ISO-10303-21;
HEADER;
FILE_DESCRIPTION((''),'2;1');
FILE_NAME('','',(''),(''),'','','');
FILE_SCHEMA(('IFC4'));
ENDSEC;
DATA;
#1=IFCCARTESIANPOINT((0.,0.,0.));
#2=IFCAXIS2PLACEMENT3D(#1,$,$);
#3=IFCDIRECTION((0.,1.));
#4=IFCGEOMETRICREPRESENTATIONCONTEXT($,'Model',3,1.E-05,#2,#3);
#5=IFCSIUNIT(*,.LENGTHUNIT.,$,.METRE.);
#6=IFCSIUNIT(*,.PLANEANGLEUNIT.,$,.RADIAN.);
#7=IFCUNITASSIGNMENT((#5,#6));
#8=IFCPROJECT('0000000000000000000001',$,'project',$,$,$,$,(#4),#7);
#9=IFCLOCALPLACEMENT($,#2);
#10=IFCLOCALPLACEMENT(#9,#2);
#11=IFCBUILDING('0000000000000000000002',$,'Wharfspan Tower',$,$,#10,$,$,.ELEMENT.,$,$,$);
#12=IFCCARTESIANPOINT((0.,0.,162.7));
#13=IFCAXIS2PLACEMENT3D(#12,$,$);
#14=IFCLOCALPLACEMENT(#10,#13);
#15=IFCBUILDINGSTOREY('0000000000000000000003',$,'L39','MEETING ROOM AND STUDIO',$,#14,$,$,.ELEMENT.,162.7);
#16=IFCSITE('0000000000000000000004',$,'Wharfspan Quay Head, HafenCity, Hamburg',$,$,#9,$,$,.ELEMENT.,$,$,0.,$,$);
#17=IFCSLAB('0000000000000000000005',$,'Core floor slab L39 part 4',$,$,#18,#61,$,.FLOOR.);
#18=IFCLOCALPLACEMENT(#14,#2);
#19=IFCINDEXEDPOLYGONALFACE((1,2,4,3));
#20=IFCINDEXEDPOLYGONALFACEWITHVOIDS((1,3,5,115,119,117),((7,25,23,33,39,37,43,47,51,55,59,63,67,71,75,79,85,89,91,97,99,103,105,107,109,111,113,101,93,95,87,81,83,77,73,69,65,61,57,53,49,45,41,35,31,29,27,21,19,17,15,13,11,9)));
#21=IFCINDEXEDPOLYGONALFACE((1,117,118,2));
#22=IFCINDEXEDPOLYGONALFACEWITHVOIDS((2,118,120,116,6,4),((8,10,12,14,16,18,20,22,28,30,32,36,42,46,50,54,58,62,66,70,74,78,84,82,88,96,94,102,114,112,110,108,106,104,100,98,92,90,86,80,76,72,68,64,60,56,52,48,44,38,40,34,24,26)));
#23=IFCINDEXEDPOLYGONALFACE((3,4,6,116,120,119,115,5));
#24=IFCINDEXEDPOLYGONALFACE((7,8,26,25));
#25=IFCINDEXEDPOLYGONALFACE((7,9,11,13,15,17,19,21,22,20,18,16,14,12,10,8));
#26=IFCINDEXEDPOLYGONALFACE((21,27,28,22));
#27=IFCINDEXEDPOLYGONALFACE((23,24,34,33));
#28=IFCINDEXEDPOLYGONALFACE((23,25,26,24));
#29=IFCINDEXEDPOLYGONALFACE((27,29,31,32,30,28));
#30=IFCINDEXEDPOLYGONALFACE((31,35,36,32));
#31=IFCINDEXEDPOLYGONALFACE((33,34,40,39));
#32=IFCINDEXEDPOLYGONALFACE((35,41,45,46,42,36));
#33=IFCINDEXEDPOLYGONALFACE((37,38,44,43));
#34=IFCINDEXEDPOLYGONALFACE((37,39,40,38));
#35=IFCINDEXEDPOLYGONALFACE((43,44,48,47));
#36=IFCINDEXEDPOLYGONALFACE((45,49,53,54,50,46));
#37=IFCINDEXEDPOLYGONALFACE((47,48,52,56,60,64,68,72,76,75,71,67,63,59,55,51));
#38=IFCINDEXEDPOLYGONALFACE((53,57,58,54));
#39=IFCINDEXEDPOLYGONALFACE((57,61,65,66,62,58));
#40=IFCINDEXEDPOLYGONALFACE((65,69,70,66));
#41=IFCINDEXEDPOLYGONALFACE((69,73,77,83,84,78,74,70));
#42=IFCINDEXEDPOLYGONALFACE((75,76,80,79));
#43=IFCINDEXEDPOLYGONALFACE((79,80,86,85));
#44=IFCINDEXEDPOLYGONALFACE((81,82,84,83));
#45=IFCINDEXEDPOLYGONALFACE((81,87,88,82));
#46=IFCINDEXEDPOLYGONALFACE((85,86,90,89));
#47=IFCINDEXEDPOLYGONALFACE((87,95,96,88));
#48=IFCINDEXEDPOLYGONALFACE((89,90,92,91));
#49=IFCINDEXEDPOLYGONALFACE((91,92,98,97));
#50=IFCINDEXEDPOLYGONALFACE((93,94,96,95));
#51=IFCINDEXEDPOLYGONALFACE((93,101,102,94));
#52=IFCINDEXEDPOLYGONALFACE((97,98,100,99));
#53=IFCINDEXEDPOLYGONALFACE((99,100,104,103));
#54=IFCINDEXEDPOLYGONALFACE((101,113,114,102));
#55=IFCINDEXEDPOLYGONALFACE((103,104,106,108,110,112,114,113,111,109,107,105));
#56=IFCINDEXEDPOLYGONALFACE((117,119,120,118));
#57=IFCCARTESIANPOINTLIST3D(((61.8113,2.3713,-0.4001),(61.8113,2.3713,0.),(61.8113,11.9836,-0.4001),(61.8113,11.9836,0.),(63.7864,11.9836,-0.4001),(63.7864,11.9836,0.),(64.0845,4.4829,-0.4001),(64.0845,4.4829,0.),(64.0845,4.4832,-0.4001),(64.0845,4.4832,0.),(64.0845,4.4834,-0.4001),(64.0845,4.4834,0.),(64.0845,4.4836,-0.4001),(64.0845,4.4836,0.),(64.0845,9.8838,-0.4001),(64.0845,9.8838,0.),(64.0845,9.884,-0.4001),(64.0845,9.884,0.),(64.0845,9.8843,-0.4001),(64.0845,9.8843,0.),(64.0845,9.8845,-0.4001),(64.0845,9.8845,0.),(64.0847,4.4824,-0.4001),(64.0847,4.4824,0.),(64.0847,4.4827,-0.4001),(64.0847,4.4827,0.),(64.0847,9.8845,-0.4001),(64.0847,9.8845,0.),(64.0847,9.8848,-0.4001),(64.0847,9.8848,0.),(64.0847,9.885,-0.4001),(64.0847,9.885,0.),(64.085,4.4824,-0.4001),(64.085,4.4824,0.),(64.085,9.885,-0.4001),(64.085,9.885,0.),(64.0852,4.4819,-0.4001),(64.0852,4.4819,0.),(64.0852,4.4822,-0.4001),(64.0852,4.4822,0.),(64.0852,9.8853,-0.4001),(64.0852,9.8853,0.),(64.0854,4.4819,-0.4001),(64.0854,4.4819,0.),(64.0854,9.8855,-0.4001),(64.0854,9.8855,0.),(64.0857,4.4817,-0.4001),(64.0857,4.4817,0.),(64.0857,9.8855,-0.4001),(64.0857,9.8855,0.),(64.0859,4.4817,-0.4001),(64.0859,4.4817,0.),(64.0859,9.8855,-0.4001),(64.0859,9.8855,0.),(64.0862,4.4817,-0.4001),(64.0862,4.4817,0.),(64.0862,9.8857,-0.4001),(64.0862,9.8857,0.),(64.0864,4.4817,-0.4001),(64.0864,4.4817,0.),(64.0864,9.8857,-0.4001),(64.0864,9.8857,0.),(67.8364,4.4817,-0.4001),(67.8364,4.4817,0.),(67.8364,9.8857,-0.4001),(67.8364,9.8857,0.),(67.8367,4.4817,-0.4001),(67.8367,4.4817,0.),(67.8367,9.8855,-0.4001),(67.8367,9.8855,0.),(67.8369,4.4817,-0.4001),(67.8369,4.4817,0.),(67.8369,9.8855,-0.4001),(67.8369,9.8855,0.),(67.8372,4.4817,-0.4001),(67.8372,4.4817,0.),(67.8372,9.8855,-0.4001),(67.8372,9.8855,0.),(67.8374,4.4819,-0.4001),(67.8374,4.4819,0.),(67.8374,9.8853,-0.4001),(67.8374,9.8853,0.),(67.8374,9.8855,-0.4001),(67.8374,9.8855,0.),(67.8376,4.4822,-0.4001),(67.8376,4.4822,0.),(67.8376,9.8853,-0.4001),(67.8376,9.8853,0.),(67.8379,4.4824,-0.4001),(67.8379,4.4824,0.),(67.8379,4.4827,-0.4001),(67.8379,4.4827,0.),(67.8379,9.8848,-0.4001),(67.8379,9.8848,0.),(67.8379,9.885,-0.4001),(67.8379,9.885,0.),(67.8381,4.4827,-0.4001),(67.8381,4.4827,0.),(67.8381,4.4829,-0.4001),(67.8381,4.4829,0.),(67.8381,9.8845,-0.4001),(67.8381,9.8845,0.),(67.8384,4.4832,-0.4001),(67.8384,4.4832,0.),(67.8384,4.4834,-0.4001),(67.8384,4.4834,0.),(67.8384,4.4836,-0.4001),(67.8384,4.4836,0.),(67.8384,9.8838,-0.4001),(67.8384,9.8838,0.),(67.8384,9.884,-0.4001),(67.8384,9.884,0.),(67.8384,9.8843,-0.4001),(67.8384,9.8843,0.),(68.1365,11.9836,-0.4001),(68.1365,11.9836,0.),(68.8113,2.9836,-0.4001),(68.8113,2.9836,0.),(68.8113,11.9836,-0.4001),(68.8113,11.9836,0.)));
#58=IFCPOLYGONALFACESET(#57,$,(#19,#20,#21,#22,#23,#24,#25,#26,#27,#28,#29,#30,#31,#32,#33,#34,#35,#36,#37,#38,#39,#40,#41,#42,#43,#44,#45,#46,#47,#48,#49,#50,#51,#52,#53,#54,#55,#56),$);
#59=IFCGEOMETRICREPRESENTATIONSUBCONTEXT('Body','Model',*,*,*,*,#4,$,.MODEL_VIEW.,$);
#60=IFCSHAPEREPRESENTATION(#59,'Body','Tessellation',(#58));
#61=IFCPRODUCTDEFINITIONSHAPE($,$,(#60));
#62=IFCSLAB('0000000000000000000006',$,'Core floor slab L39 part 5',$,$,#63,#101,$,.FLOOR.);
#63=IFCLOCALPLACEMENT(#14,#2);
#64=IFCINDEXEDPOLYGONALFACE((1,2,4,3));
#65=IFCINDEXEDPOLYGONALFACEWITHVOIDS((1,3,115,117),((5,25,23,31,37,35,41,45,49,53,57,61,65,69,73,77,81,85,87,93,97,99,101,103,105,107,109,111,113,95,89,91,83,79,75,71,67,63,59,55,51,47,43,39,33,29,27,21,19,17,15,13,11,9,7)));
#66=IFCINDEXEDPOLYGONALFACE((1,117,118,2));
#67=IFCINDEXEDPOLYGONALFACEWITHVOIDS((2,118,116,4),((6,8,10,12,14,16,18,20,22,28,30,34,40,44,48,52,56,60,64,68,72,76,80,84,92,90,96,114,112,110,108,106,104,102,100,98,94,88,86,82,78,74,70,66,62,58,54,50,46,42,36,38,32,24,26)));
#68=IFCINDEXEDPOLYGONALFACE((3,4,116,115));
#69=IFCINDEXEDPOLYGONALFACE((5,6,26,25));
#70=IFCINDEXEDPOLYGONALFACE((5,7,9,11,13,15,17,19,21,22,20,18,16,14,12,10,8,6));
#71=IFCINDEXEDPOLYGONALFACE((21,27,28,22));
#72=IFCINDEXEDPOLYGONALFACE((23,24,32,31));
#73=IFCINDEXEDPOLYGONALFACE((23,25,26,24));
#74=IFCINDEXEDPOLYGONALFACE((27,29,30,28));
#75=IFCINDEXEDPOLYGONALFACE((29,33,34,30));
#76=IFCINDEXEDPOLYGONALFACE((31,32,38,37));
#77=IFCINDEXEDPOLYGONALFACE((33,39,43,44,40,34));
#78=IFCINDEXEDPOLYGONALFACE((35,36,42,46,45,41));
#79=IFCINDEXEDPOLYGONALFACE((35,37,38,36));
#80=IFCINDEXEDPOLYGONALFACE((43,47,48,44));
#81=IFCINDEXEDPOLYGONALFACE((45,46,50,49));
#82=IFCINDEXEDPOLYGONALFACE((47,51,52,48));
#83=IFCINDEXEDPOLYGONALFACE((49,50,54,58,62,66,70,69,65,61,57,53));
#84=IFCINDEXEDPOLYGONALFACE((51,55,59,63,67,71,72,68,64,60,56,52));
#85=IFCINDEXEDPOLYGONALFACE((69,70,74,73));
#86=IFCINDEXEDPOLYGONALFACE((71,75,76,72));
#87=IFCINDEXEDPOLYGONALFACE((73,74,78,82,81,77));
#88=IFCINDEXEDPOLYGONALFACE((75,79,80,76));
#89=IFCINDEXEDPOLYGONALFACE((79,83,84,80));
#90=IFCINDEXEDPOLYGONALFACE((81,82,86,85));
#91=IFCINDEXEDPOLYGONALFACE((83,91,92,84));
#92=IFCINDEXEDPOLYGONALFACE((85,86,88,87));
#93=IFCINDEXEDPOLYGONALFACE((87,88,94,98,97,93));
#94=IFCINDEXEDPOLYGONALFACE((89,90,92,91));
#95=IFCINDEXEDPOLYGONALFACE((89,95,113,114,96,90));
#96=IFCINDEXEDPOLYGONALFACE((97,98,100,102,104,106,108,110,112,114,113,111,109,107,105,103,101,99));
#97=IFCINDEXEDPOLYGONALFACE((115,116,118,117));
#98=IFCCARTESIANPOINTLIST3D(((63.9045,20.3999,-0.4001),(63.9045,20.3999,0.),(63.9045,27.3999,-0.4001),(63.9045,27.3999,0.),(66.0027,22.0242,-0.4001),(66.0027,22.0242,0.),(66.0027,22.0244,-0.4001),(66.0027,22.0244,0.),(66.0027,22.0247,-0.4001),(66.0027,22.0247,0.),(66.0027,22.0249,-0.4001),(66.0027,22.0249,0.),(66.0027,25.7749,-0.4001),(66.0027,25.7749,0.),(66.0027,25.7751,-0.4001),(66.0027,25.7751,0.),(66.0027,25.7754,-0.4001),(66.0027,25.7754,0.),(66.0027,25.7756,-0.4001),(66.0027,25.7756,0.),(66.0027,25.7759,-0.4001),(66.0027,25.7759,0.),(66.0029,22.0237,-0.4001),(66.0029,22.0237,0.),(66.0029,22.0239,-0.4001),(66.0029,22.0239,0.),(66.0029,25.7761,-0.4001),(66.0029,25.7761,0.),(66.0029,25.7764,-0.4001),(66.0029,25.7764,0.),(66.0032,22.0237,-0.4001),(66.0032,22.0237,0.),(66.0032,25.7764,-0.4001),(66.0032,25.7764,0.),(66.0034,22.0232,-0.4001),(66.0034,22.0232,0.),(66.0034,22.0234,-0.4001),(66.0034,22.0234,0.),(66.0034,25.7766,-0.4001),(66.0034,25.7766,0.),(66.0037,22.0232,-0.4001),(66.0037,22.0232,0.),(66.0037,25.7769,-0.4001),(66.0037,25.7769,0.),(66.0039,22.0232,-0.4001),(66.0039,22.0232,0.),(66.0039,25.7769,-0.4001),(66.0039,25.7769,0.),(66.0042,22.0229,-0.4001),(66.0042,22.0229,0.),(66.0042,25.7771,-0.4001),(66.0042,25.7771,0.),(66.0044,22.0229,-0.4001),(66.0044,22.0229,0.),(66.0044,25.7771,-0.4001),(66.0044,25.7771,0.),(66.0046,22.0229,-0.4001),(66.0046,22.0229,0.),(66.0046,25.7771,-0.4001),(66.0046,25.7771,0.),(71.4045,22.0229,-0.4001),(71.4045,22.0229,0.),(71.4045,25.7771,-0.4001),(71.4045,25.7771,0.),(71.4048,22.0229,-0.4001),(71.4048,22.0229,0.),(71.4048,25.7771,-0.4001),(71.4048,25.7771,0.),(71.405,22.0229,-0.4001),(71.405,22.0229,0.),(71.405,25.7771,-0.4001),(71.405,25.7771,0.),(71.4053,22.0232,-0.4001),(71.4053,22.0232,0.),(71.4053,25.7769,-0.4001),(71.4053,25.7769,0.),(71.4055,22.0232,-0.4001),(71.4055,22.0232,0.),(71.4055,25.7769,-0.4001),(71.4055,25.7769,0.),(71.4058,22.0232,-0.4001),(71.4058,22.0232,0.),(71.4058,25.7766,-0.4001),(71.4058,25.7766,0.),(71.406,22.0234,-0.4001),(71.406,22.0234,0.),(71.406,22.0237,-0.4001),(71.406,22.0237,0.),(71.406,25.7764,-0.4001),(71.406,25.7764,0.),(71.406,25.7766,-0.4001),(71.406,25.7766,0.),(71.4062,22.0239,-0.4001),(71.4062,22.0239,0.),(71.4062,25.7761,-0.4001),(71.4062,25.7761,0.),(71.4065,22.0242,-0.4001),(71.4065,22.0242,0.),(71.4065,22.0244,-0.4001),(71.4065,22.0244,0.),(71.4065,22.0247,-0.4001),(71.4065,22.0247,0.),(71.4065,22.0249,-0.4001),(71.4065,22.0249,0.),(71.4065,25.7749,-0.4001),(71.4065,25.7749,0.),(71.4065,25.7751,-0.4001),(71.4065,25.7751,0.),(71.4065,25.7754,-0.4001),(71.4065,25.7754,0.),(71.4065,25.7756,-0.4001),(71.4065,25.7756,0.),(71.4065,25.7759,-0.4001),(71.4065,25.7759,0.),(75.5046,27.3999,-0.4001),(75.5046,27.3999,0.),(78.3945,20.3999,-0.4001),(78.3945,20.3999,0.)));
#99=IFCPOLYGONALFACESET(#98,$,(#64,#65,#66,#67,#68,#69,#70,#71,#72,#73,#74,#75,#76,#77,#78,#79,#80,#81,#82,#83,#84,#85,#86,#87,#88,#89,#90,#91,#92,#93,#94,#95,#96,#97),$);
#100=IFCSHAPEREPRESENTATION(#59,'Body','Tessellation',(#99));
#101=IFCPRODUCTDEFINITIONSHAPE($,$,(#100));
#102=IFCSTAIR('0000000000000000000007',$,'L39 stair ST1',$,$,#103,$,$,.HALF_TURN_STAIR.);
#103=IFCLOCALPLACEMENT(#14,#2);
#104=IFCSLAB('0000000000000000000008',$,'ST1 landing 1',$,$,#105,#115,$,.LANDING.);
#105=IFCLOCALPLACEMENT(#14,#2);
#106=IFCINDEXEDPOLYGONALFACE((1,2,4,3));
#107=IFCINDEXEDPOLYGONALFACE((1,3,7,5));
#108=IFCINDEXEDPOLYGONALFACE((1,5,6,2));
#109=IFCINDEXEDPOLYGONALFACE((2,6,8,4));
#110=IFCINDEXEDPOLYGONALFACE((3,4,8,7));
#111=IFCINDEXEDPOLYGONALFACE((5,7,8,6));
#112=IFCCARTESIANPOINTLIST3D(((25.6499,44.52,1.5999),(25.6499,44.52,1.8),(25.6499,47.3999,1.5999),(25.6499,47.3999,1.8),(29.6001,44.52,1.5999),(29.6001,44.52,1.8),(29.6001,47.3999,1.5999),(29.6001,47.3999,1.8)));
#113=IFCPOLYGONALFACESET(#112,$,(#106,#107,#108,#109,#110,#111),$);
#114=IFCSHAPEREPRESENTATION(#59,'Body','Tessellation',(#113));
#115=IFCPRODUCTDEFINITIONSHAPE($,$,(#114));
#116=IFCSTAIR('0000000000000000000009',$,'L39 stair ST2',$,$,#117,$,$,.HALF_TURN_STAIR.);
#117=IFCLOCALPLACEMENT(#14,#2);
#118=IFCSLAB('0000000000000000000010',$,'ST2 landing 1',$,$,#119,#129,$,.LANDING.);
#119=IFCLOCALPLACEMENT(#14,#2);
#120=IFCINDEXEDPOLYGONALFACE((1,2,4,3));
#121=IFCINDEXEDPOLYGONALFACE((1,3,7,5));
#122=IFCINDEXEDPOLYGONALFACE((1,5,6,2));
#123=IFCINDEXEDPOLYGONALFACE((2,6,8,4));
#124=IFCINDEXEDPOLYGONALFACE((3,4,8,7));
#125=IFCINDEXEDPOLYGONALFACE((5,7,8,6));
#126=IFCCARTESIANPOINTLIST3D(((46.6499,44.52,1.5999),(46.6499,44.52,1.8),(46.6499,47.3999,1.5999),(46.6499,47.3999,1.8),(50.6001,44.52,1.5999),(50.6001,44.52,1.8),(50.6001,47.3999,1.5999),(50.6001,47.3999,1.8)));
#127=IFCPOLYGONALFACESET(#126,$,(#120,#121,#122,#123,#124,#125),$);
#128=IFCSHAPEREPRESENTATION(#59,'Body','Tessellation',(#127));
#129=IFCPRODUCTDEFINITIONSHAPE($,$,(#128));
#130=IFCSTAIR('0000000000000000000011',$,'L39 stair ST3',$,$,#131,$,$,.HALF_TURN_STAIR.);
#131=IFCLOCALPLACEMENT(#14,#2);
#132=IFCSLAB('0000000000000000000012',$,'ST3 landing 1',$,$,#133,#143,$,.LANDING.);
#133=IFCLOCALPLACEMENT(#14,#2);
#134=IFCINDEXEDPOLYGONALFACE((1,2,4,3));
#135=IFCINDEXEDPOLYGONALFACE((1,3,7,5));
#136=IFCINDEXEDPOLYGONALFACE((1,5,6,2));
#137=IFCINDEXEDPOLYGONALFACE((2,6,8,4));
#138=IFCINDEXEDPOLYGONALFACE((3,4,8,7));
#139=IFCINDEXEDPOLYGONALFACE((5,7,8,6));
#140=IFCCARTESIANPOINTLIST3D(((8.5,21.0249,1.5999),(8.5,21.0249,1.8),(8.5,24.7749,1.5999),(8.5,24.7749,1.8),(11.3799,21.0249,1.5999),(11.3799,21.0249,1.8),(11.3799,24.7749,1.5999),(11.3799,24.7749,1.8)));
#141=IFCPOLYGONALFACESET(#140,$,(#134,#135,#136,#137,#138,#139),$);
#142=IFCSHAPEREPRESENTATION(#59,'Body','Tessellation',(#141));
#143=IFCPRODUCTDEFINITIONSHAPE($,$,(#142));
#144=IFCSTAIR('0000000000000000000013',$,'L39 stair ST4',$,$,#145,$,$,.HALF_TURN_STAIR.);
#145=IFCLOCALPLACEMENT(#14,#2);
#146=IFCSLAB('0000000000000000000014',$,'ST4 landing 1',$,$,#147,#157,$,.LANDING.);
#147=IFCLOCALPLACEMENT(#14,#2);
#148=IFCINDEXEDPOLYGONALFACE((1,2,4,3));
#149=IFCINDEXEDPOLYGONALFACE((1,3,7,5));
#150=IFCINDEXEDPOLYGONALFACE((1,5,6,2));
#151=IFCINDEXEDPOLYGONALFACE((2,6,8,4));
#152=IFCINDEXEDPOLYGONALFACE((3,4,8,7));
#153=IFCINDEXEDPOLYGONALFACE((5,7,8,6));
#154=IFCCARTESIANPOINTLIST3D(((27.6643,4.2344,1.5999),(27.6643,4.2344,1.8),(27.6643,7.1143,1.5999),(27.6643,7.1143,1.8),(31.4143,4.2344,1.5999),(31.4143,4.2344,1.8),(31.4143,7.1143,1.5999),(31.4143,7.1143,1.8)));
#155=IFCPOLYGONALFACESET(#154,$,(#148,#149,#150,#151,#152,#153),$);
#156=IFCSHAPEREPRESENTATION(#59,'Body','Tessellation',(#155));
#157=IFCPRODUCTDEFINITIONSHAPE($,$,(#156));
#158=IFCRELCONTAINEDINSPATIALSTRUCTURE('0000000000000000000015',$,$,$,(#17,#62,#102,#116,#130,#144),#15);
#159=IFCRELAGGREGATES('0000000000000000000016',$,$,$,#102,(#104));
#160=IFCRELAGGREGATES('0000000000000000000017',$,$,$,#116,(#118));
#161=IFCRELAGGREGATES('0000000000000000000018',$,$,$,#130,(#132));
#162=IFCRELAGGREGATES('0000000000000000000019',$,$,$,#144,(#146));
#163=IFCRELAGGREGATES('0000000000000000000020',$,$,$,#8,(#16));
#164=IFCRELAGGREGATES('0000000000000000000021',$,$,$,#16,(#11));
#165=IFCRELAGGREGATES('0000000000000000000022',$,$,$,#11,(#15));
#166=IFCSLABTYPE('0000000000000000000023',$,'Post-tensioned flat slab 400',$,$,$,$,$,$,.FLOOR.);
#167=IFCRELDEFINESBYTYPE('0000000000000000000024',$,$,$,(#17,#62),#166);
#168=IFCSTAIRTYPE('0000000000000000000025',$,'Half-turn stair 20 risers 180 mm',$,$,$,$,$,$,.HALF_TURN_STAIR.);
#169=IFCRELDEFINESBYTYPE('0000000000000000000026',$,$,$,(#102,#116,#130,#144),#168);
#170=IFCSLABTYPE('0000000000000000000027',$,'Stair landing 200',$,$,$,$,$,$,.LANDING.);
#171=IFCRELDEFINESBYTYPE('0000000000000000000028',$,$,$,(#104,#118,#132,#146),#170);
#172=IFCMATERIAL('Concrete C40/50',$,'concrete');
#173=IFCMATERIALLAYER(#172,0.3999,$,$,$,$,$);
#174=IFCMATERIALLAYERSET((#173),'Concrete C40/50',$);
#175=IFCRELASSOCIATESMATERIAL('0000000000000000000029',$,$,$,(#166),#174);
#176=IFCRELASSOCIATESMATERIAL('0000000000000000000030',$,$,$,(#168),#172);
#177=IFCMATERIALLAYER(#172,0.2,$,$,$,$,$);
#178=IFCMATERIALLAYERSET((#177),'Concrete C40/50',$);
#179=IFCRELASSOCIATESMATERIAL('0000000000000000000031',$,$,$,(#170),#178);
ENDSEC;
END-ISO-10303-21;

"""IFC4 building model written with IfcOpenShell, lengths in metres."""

from ifc_helpers import new_model, si_unit, direction, frame, origin, place, context, subcontext, project, spatial, polyline, outline, extrude, material, layer, layer_set, type_object, element, aggregate, save


model = new_model("IFC4")

# Units and contexts
model_context = context("Model", 3, precision=1e-05, world=origin(), true_north=direction((0.0, 1.0)))
body_context = subcontext(model_context, "Body", "Model", "MODEL_VIEW")
ifc_project = project(units=[si_unit("LENGTHUNIT", "METRE"), si_unit("PLANEANGLEUNIT", "RADIAN")], contexts=[model_context])

# Site, building, storey
site_placement = place(None, origin())
site = spatial("IfcSite", under=ifc_project, at=site_placement, Name="Wharfspan Quay Head, HafenCity, Hamburg", CompositionType="ELEMENT", RefElevation=0.0)
building_placement = place(site_placement, origin())
building = spatial("IfcBuilding", under=site, at=building_placement, Name="Wharfspan Tower", CompositionType="ELEMENT")
storey_placement = place(building_placement, frame((0.0, 0.0, 162.7)))
storey = spatial("IfcBuildingStorey", under=building, at=storey_placement, Name="L39", Description="MEETING ROOM AND STUDIO", CompositionType="ELEMENT", Elevation=162.7)

# Slabs
ifc_material_1 = material(Name="Concrete C40/50", Category="concrete")
ifc_layer_1 = layer(ifc_material_1, 0.3999)
ifc_layer_set_1 = layer_set([ifc_layer_1], Name="Concrete C40/50")
slab_type_1 = type_object("IfcSlabType", Name="Post-tensioned flat slab 400", PredefinedType="FLOOR", material=ifc_layer_set_1)
slab_1_placement = place(storey_placement, frame((0.0, 0.0, -0.4001)))
element("IfcSlab", 1, at=slab_1_placement, inside=storey, type_object=slab_type_1, Name="Core floor slab L39 part 4", PredefinedType="FLOOR", context=body_context, shape_type="SweptSolid", body=[
    extrude(outline(polyline([(68.8113, 11.9836), (68.1365, 11.9836), (63.7864, 11.9836), (61.8113, 11.9836), (61.8113, 2.3713), (68.8113, 2.9836), (68.8113, 11.9836)]), holes=[polyline([(64.0845, 9.8838), (64.0845, 9.8838), (64.0845, 9.884), (64.0845, 9.8843), (64.0845, 9.8845), (64.0847, 9.8845), (64.0847, 9.8848), (64.0847, 9.885), (64.085, 9.885), (64.0852, 9.8853), (64.0852, 9.8853), (64.0854, 9.8855), (64.0857, 9.8855), (64.0857, 9.8855), (64.0859, 9.8855), (64.0862, 9.8857), (64.0864, 9.8857), (67.8364, 9.8857), (67.8364, 9.8857), (67.8367, 9.8855), (67.8369, 9.8855), (67.8372, 9.8855), (67.8374, 9.8855), (67.8374, 9.8853), (67.8376, 9.8853), (67.8379, 9.885), (67.8379, 9.885), (67.8379, 9.8848), (67.8381, 9.8845), (67.8381, 9.8845), (67.8384, 9.8843), (67.8384, 9.884), (67.8384, 9.8838), (67.8384, 9.8838), (67.8384, 4.4836), (67.8384, 4.4834), (67.8384, 4.4834), (67.8384, 4.4832), (67.8381, 4.4829), (67.8381, 4.4827), (67.8379, 4.4827), (67.8379, 4.4824), (67.8379, 4.4824), (67.8376, 4.4822), (67.8374, 4.4819), (67.8374, 4.4819), (67.8372, 4.4817), (67.8369, 4.4817), (67.8367, 4.4817), (67.8364, 4.4817), (67.8364, 4.4817), (64.0864, 4.4817), (64.0862, 4.4817), (64.0859, 4.4817), (64.0857, 4.4817), (64.0857, 4.4817), (64.0854, 4.4819), (64.0852, 4.4819), (64.0852, 4.4822), (64.085, 4.4824), (64.0847, 4.4824), (64.0847, 4.4827), (64.0847, 4.4827), (64.0845, 4.4829), (64.0845, 4.4832), (64.0845, 4.4834), (64.0845, 4.4834), (64.0845, 4.4836), (64.0845, 9.8838)])]), origin(), (0.0, 0.0, 1.0), 0.4001),
])
slab_2_placement = place(storey_placement, frame((0.0, 0.0, -0.4001)))
element("IfcSlab", 2, at=slab_2_placement, inside=storey, type_object=slab_type_1, Name="Core floor slab L39 part 5", PredefinedType="FLOOR", context=body_context, shape_type="SweptSolid", body=[
    extrude(outline(polyline([(78.3945, 20.3999), (75.5046, 27.3999), (63.9045, 27.3999), (63.9045, 20.3999), (78.3945, 20.3999)]), holes=[polyline([(66.0046, 22.0229), (66.0044, 22.0229), (66.0041, 22.0229), (66.0039, 22.0232), (66.0039, 22.0232), (66.0037, 22.0232), (66.0034, 22.0232), (66.0034, 22.0234), (66.0032, 22.0237), (66.0029, 22.0237), (66.0029, 22.0239), (66.0027, 22.0242), (66.0027, 22.0242), (66.0027, 22.0244), (66.0027, 22.0247), (66.0027, 22.0249), (66.0027, 22.0249), (66.0027, 25.7749), (66.0027, 25.7751), (66.0027, 25.7754), (66.0027, 25.7756), (66.0027, 25.7759), (66.0027, 25.7759), (66.0029, 25.7761), (66.0029, 25.7764), (66.0032, 25.7764), (66.0034, 25.7766), (66.0034, 25.7766), (66.0037, 25.7769), (66.0039, 25.7769), (66.0039, 25.7769), (66.0041, 25.7771), (66.0044, 25.7771), (66.0046, 25.7771), (71.4045, 25.7771), (71.4048, 25.7771), (71.405, 25.7771), (71.4053, 25.7769), (71.4055, 25.7769), (71.4055, 25.7769), (71.4058, 25.7766), (71.406, 25.7766), (71.406, 25.7764), (71.406, 25.7764), (71.4062, 25.7761), (71.4065, 25.7759), (71.4065, 25.7759), (71.4065, 25.7756), (71.4065, 25.7754), (71.4065, 25.7751), (71.4065, 25.7749), (71.4065, 22.0249), (71.4065, 22.0249), (71.4065, 22.0247), (71.4065, 22.0244), (71.4065, 22.0242), (71.4065, 22.0242), (71.4062, 22.0239), (71.406, 22.0237), (71.406, 22.0237), (71.406, 22.0234), (71.4058, 22.0232), (71.4055, 22.0232), (71.4055, 22.0232), (71.4053, 22.0232), (71.405, 22.0229), (71.4048, 22.0229), (71.4045, 22.0229), (66.0046, 22.0229)])]), origin(), (0.0, 0.0, 1.0), 0.4001),
])

# Stairs, slabs
stair_type = type_object("IfcStairType", Name="Half-turn stair 20 risers 180 mm", PredefinedType="HALF_TURN_STAIR", material=ifc_material_1)
stair_1_placement = place(storey_placement, origin())
stair_1 = element("IfcStair", 3, at=stair_1_placement, inside=storey, type_object=stair_type, Name="L39 stair ST1", PredefinedType="HALF_TURN_STAIR")
ifc_layer_2 = layer(ifc_material_1, 0.2)
ifc_layer_set_2 = layer_set([ifc_layer_2], Name="Concrete C40/50")
slab_type_2 = type_object("IfcSlabType", Name="Stair landing 200", PredefinedType="LANDING", material=ifc_layer_set_2)
slab_3_placement = place(storey_placement, frame((0.0, 0.0, 1.5999)))
slab_3 = element("IfcSlab", 4, at=slab_3_placement, type_object=slab_type_2, Name="ST1 landing 1", PredefinedType="LANDING", context=body_context, shape_type="SweptSolid", body=[
    extrude(outline(polyline([(25.6499, 44.52), (29.6001, 44.52), (29.6001, 47.3999), (25.6499, 47.3999), (25.6499, 44.52)])), origin(), (0.0, 0.0, 1.0), 0.2002),
])
aggregate(stair_1, [slab_3])
stair_2_placement = place(storey_placement, origin())
stair_2 = element("IfcStair", 5, at=stair_2_placement, inside=storey, type_object=stair_type, Name="L39 stair ST2", PredefinedType="HALF_TURN_STAIR")
slab_4_placement = place(storey_placement, frame((0.0, 0.0, 1.5999)))
slab_4 = element("IfcSlab", 6, at=slab_4_placement, type_object=slab_type_2, Name="ST2 landing 1", PredefinedType="LANDING", context=body_context, shape_type="SweptSolid", body=[
    extrude(outline(polyline([(46.6499, 44.52), (50.6001, 44.52), (50.6001, 47.3999), (46.6499, 47.3999), (46.6499, 44.52)])), origin(), (0.0, 0.0, 1.0), 0.2002),
])
aggregate(stair_2, [slab_4])
stair_3_placement = place(storey_placement, origin())
stair_3 = element("IfcStair", 7, at=stair_3_placement, inside=storey, type_object=stair_type, Name="L39 stair ST3", PredefinedType="HALF_TURN_STAIR")
slab_5_placement = place(storey_placement, frame((0.0, 0.0, 1.5999)))
slab_5 = element("IfcSlab", 8, at=slab_5_placement, type_object=slab_type_2, Name="ST3 landing 1", PredefinedType="LANDING", context=body_context, shape_type="SweptSolid", body=[
    extrude(outline(polyline([(11.3799, 24.7749), (8.5, 24.7749), (8.5, 21.0249), (11.3799, 21.0249), (11.3799, 24.7749)])), origin(), (0.0, 0.0, 1.0), 0.2002),
])
aggregate(stair_3, [slab_5])
stair_4_placement = place(storey_placement, origin())
stair_4 = element("IfcStair", 9, at=stair_4_placement, inside=storey, type_object=stair_type, Name="L39 stair ST4", PredefinedType="HALF_TURN_STAIR")
slab_6_placement = place(storey_placement, frame((0.0, 0.0, 1.5999)))
slab_6 = element("IfcSlab", 10, at=slab_6_placement, type_object=slab_type_2, Name="ST4 landing 1", PredefinedType="LANDING", context=body_context, shape_type="SweptSolid", body=[
    extrude(outline(polyline([(27.6643, 7.1143), (27.6643, 4.2344), (31.4143, 4.2344), (31.4143, 7.1143), (27.6643, 7.1143)])), origin(), (0.0, 0.0, 1.0), 0.2002),
])
aggregate(stair_4, [slab_6])

save(model, "model.ifc")
